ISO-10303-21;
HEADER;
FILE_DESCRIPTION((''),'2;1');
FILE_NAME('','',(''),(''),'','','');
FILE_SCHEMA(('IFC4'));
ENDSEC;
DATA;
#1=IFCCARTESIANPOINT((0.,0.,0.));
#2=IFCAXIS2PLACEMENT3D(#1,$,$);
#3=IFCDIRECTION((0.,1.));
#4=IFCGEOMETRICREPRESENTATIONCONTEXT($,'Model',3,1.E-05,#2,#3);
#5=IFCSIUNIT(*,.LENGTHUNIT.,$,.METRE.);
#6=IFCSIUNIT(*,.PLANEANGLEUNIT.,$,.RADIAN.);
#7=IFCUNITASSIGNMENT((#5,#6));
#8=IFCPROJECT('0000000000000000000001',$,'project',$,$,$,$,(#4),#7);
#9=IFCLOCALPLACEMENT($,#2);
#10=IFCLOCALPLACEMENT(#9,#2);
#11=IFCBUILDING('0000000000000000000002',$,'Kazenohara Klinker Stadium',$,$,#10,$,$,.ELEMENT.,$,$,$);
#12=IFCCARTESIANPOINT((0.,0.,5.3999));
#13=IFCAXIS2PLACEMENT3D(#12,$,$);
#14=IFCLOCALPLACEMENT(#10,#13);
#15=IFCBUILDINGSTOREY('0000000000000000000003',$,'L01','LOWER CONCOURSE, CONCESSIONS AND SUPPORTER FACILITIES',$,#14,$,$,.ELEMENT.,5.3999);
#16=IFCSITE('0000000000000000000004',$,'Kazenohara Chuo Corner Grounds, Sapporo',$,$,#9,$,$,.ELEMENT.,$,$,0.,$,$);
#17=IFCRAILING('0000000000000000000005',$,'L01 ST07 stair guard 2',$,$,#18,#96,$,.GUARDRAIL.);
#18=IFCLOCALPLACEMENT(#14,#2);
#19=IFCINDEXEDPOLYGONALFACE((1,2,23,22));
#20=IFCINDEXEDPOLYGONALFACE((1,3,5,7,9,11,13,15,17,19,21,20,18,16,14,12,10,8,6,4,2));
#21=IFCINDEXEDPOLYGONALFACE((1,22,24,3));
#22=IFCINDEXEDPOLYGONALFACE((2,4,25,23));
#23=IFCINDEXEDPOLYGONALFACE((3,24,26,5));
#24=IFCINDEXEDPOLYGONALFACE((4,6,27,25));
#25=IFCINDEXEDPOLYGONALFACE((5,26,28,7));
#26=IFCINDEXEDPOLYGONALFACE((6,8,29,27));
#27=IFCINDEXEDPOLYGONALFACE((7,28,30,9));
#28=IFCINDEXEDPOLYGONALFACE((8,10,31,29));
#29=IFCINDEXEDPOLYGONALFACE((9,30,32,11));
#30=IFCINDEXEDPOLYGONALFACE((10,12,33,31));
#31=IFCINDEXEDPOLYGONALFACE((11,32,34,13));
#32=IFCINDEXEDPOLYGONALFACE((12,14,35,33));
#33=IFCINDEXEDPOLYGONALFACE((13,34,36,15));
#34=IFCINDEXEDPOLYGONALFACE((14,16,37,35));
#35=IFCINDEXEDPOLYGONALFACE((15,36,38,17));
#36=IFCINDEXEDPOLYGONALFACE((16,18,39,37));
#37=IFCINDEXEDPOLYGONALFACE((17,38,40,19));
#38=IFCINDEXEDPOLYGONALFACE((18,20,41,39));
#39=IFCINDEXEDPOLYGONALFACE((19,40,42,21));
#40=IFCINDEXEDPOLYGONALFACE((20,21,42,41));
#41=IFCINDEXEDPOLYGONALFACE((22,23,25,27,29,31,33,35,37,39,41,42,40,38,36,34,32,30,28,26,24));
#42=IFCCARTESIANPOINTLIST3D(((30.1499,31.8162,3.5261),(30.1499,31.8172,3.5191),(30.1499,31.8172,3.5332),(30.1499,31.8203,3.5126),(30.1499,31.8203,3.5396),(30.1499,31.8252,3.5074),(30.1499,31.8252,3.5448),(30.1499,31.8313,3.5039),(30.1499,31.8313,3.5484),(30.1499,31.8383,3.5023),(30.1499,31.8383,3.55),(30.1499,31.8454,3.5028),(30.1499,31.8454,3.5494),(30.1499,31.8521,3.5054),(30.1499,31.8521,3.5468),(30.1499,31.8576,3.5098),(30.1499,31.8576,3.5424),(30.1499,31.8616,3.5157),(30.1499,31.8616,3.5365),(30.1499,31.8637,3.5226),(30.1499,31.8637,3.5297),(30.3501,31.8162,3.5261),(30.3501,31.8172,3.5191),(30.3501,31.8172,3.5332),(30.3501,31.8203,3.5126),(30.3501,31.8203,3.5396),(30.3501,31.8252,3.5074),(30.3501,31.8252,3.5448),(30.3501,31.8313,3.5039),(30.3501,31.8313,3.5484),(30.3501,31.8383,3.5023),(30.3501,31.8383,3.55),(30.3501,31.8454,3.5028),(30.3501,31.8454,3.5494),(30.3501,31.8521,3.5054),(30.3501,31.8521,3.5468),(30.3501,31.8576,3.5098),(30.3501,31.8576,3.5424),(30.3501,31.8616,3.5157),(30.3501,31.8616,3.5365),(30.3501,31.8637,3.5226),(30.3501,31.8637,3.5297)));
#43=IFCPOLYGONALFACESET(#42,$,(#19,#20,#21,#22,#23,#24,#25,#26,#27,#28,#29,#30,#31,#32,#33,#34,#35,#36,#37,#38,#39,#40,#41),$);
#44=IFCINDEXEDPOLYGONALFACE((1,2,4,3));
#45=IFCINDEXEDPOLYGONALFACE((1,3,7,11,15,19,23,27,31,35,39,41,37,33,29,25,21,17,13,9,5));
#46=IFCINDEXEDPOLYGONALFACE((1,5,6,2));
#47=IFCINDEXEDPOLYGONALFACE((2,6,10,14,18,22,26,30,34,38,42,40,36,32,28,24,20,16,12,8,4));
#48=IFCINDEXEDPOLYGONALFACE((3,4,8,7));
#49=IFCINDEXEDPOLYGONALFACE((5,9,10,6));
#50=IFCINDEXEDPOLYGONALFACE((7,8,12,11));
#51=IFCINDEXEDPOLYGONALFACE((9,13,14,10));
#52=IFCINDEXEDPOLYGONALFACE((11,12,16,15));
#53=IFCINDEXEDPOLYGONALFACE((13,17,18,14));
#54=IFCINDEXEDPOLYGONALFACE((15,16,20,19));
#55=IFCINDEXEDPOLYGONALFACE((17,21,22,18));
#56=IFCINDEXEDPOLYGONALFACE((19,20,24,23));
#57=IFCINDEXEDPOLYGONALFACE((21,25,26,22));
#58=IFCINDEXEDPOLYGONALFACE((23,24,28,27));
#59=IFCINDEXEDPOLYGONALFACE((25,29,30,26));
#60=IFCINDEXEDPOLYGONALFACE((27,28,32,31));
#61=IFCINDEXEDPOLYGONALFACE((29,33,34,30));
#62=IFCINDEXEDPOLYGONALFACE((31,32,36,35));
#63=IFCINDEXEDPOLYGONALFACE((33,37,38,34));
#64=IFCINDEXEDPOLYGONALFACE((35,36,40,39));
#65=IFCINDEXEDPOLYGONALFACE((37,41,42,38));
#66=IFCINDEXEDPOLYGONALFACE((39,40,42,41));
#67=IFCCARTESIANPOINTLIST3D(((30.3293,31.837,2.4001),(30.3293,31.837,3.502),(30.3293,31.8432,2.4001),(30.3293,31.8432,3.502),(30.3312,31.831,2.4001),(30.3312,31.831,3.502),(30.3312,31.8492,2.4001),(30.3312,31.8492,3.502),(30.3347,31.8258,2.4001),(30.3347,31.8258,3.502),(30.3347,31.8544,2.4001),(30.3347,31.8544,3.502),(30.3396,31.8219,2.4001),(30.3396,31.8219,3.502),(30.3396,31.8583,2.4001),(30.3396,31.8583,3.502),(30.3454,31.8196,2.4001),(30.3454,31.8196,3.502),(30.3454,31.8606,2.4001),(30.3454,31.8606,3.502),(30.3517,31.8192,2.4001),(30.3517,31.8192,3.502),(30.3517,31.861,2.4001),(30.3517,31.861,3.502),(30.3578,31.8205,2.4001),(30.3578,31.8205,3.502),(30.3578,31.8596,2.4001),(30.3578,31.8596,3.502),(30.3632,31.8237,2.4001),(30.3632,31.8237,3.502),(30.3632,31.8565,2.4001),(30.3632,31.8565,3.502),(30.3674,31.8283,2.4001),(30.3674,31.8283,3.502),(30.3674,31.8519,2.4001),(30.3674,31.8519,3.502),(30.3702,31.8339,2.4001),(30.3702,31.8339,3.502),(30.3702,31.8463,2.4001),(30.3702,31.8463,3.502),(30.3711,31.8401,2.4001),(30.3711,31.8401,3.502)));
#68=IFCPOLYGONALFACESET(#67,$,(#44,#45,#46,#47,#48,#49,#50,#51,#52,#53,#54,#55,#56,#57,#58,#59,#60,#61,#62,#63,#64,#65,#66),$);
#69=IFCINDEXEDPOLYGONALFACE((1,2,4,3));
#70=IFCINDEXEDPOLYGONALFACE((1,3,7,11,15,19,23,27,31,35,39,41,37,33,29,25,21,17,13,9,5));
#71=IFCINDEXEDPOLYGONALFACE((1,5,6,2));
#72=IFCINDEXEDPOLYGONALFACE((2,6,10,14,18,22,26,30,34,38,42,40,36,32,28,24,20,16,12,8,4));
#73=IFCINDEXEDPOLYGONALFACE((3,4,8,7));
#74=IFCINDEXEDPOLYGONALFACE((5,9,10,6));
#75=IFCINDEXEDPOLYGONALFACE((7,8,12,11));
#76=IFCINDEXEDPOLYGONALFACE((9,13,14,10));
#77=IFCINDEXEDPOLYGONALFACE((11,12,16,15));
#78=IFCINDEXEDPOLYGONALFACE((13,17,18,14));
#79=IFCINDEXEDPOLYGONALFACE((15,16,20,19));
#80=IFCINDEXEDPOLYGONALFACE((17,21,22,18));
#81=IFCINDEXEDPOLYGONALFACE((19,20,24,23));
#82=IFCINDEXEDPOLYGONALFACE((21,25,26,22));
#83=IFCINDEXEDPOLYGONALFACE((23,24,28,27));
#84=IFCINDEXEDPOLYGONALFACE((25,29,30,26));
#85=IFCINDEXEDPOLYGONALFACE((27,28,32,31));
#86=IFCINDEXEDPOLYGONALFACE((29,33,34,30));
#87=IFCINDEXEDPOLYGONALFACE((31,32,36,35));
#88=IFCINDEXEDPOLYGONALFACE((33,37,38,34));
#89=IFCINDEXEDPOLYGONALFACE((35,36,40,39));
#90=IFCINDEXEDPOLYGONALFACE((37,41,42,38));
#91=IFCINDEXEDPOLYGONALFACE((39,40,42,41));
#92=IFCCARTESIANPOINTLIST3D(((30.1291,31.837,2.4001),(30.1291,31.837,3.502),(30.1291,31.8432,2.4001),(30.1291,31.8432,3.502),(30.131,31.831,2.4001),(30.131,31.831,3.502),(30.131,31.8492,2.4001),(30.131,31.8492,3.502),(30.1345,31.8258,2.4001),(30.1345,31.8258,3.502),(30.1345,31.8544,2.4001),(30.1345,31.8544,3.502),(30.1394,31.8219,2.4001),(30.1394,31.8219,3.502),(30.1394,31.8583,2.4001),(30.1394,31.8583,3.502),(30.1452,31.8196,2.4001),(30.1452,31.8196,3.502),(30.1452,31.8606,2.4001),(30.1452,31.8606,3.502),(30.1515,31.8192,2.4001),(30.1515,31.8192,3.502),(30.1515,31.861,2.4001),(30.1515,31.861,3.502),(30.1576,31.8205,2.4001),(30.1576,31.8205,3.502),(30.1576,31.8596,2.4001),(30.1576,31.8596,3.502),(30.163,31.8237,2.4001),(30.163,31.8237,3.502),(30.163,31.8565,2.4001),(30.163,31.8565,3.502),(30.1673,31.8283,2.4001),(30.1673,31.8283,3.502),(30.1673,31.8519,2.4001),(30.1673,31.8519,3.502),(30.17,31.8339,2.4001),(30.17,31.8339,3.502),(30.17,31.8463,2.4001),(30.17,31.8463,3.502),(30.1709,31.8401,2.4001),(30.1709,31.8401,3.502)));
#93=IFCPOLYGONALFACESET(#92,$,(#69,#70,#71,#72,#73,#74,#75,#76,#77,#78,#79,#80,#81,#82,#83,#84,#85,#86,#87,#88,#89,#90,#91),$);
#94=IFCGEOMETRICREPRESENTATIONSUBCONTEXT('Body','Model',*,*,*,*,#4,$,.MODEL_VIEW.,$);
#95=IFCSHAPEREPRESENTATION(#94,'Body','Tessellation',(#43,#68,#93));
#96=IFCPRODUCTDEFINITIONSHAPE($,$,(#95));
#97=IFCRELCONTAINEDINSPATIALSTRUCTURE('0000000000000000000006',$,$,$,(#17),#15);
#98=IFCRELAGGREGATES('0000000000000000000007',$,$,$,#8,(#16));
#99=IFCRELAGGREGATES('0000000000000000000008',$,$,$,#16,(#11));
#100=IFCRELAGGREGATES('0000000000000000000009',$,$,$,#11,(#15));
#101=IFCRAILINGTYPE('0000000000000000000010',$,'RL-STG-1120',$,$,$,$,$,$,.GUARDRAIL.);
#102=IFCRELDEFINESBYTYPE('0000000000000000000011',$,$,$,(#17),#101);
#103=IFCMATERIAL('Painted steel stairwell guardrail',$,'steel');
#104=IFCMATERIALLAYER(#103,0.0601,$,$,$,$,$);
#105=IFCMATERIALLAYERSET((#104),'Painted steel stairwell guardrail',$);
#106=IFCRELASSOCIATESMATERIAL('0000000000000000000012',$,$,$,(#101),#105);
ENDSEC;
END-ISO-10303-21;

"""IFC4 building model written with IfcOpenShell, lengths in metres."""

from ifc_helpers import new_model, si_unit, direction, frame, origin, origin_2d, place, context, subcontext, project, spatial, circle, extrude, material, layer, layer_set, type_object, element, save


model = new_model("IFC4")

# Units and contexts
model_context = context("Model", 3, precision=1e-05, world=origin(), true_north=direction((0.0, 1.0)))
body_context = subcontext(model_context, "Body", "Model", "MODEL_VIEW")
ifc_project = project(units=[si_unit("LENGTHUNIT", "METRE"), si_unit("PLANEANGLEUNIT", "RADIAN")], contexts=[model_context])

# Site, building, storey
site_placement = place(None, origin())
site = spatial("IfcSite", under=ifc_project, at=site_placement, Name="Kazenohara Chuo Corner Grounds, Sapporo", CompositionType="ELEMENT", RefElevation=0.0)
building_placement = place(site_placement, origin())
building = spatial("IfcBuilding", under=site, at=building_placement, Name="Kazenohara Klinker Stadium", CompositionType="ELEMENT")
storey_placement = place(building_placement, frame((0.0, 0.0, 5.3999)))
storey = spatial("IfcBuildingStorey", under=building, at=storey_placement, Name="L01", Description="LOWER CONCOURSE, CONCESSIONS AND SUPPORTER FACILITIES", CompositionType="ELEMENT", Elevation=5.3999)

# Railing
ifc_material_1 = material(Name="Painted steel stairwell guardrail", Category="steel")
ifc_layer_1 = layer(ifc_material_1, 0.0601)
ifc_layer_set_1 = layer_set([ifc_layer_1], Name="Painted steel stairwell guardrail")
railing_type_1 = type_object("IfcRailingType", Name="RL-STG-1120", PredefinedType="GUARDRAIL", material=ifc_layer_set_1)
railing_1_placement = place(storey_placement, frame((30.3501, 31.8401, 2.4001)))
element("IfcRailing", 1, at=railing_1_placement, inside=storey, type_object=railing_type_1, Name="L01 ST07 stair guard 2", PredefinedType="GUARDRAIL", context=body_context, shape_type="SweptSolid", body=[
    extrude(circle(Radius=0.0239, at=origin_2d()), frame((0.0, 0.0, 1.126), z_axis=(-1.0, 0.0, 0.0), x_axis=(0.0, -1.0, 0.0)), (0.0, 0.0, 1.0), 0.2002),
    extrude(circle(Radius=0.021, at=origin_2d()), origin(), (0.0, 0.0, 1.0), 1.1018),
    extrude(circle(Radius=0.021, at=origin_2d()), frame((-0.2002, 0.0, 0.0)), (0.0, 0.0, 1.0), 1.1018),
])

save(model, "model.ifc")
